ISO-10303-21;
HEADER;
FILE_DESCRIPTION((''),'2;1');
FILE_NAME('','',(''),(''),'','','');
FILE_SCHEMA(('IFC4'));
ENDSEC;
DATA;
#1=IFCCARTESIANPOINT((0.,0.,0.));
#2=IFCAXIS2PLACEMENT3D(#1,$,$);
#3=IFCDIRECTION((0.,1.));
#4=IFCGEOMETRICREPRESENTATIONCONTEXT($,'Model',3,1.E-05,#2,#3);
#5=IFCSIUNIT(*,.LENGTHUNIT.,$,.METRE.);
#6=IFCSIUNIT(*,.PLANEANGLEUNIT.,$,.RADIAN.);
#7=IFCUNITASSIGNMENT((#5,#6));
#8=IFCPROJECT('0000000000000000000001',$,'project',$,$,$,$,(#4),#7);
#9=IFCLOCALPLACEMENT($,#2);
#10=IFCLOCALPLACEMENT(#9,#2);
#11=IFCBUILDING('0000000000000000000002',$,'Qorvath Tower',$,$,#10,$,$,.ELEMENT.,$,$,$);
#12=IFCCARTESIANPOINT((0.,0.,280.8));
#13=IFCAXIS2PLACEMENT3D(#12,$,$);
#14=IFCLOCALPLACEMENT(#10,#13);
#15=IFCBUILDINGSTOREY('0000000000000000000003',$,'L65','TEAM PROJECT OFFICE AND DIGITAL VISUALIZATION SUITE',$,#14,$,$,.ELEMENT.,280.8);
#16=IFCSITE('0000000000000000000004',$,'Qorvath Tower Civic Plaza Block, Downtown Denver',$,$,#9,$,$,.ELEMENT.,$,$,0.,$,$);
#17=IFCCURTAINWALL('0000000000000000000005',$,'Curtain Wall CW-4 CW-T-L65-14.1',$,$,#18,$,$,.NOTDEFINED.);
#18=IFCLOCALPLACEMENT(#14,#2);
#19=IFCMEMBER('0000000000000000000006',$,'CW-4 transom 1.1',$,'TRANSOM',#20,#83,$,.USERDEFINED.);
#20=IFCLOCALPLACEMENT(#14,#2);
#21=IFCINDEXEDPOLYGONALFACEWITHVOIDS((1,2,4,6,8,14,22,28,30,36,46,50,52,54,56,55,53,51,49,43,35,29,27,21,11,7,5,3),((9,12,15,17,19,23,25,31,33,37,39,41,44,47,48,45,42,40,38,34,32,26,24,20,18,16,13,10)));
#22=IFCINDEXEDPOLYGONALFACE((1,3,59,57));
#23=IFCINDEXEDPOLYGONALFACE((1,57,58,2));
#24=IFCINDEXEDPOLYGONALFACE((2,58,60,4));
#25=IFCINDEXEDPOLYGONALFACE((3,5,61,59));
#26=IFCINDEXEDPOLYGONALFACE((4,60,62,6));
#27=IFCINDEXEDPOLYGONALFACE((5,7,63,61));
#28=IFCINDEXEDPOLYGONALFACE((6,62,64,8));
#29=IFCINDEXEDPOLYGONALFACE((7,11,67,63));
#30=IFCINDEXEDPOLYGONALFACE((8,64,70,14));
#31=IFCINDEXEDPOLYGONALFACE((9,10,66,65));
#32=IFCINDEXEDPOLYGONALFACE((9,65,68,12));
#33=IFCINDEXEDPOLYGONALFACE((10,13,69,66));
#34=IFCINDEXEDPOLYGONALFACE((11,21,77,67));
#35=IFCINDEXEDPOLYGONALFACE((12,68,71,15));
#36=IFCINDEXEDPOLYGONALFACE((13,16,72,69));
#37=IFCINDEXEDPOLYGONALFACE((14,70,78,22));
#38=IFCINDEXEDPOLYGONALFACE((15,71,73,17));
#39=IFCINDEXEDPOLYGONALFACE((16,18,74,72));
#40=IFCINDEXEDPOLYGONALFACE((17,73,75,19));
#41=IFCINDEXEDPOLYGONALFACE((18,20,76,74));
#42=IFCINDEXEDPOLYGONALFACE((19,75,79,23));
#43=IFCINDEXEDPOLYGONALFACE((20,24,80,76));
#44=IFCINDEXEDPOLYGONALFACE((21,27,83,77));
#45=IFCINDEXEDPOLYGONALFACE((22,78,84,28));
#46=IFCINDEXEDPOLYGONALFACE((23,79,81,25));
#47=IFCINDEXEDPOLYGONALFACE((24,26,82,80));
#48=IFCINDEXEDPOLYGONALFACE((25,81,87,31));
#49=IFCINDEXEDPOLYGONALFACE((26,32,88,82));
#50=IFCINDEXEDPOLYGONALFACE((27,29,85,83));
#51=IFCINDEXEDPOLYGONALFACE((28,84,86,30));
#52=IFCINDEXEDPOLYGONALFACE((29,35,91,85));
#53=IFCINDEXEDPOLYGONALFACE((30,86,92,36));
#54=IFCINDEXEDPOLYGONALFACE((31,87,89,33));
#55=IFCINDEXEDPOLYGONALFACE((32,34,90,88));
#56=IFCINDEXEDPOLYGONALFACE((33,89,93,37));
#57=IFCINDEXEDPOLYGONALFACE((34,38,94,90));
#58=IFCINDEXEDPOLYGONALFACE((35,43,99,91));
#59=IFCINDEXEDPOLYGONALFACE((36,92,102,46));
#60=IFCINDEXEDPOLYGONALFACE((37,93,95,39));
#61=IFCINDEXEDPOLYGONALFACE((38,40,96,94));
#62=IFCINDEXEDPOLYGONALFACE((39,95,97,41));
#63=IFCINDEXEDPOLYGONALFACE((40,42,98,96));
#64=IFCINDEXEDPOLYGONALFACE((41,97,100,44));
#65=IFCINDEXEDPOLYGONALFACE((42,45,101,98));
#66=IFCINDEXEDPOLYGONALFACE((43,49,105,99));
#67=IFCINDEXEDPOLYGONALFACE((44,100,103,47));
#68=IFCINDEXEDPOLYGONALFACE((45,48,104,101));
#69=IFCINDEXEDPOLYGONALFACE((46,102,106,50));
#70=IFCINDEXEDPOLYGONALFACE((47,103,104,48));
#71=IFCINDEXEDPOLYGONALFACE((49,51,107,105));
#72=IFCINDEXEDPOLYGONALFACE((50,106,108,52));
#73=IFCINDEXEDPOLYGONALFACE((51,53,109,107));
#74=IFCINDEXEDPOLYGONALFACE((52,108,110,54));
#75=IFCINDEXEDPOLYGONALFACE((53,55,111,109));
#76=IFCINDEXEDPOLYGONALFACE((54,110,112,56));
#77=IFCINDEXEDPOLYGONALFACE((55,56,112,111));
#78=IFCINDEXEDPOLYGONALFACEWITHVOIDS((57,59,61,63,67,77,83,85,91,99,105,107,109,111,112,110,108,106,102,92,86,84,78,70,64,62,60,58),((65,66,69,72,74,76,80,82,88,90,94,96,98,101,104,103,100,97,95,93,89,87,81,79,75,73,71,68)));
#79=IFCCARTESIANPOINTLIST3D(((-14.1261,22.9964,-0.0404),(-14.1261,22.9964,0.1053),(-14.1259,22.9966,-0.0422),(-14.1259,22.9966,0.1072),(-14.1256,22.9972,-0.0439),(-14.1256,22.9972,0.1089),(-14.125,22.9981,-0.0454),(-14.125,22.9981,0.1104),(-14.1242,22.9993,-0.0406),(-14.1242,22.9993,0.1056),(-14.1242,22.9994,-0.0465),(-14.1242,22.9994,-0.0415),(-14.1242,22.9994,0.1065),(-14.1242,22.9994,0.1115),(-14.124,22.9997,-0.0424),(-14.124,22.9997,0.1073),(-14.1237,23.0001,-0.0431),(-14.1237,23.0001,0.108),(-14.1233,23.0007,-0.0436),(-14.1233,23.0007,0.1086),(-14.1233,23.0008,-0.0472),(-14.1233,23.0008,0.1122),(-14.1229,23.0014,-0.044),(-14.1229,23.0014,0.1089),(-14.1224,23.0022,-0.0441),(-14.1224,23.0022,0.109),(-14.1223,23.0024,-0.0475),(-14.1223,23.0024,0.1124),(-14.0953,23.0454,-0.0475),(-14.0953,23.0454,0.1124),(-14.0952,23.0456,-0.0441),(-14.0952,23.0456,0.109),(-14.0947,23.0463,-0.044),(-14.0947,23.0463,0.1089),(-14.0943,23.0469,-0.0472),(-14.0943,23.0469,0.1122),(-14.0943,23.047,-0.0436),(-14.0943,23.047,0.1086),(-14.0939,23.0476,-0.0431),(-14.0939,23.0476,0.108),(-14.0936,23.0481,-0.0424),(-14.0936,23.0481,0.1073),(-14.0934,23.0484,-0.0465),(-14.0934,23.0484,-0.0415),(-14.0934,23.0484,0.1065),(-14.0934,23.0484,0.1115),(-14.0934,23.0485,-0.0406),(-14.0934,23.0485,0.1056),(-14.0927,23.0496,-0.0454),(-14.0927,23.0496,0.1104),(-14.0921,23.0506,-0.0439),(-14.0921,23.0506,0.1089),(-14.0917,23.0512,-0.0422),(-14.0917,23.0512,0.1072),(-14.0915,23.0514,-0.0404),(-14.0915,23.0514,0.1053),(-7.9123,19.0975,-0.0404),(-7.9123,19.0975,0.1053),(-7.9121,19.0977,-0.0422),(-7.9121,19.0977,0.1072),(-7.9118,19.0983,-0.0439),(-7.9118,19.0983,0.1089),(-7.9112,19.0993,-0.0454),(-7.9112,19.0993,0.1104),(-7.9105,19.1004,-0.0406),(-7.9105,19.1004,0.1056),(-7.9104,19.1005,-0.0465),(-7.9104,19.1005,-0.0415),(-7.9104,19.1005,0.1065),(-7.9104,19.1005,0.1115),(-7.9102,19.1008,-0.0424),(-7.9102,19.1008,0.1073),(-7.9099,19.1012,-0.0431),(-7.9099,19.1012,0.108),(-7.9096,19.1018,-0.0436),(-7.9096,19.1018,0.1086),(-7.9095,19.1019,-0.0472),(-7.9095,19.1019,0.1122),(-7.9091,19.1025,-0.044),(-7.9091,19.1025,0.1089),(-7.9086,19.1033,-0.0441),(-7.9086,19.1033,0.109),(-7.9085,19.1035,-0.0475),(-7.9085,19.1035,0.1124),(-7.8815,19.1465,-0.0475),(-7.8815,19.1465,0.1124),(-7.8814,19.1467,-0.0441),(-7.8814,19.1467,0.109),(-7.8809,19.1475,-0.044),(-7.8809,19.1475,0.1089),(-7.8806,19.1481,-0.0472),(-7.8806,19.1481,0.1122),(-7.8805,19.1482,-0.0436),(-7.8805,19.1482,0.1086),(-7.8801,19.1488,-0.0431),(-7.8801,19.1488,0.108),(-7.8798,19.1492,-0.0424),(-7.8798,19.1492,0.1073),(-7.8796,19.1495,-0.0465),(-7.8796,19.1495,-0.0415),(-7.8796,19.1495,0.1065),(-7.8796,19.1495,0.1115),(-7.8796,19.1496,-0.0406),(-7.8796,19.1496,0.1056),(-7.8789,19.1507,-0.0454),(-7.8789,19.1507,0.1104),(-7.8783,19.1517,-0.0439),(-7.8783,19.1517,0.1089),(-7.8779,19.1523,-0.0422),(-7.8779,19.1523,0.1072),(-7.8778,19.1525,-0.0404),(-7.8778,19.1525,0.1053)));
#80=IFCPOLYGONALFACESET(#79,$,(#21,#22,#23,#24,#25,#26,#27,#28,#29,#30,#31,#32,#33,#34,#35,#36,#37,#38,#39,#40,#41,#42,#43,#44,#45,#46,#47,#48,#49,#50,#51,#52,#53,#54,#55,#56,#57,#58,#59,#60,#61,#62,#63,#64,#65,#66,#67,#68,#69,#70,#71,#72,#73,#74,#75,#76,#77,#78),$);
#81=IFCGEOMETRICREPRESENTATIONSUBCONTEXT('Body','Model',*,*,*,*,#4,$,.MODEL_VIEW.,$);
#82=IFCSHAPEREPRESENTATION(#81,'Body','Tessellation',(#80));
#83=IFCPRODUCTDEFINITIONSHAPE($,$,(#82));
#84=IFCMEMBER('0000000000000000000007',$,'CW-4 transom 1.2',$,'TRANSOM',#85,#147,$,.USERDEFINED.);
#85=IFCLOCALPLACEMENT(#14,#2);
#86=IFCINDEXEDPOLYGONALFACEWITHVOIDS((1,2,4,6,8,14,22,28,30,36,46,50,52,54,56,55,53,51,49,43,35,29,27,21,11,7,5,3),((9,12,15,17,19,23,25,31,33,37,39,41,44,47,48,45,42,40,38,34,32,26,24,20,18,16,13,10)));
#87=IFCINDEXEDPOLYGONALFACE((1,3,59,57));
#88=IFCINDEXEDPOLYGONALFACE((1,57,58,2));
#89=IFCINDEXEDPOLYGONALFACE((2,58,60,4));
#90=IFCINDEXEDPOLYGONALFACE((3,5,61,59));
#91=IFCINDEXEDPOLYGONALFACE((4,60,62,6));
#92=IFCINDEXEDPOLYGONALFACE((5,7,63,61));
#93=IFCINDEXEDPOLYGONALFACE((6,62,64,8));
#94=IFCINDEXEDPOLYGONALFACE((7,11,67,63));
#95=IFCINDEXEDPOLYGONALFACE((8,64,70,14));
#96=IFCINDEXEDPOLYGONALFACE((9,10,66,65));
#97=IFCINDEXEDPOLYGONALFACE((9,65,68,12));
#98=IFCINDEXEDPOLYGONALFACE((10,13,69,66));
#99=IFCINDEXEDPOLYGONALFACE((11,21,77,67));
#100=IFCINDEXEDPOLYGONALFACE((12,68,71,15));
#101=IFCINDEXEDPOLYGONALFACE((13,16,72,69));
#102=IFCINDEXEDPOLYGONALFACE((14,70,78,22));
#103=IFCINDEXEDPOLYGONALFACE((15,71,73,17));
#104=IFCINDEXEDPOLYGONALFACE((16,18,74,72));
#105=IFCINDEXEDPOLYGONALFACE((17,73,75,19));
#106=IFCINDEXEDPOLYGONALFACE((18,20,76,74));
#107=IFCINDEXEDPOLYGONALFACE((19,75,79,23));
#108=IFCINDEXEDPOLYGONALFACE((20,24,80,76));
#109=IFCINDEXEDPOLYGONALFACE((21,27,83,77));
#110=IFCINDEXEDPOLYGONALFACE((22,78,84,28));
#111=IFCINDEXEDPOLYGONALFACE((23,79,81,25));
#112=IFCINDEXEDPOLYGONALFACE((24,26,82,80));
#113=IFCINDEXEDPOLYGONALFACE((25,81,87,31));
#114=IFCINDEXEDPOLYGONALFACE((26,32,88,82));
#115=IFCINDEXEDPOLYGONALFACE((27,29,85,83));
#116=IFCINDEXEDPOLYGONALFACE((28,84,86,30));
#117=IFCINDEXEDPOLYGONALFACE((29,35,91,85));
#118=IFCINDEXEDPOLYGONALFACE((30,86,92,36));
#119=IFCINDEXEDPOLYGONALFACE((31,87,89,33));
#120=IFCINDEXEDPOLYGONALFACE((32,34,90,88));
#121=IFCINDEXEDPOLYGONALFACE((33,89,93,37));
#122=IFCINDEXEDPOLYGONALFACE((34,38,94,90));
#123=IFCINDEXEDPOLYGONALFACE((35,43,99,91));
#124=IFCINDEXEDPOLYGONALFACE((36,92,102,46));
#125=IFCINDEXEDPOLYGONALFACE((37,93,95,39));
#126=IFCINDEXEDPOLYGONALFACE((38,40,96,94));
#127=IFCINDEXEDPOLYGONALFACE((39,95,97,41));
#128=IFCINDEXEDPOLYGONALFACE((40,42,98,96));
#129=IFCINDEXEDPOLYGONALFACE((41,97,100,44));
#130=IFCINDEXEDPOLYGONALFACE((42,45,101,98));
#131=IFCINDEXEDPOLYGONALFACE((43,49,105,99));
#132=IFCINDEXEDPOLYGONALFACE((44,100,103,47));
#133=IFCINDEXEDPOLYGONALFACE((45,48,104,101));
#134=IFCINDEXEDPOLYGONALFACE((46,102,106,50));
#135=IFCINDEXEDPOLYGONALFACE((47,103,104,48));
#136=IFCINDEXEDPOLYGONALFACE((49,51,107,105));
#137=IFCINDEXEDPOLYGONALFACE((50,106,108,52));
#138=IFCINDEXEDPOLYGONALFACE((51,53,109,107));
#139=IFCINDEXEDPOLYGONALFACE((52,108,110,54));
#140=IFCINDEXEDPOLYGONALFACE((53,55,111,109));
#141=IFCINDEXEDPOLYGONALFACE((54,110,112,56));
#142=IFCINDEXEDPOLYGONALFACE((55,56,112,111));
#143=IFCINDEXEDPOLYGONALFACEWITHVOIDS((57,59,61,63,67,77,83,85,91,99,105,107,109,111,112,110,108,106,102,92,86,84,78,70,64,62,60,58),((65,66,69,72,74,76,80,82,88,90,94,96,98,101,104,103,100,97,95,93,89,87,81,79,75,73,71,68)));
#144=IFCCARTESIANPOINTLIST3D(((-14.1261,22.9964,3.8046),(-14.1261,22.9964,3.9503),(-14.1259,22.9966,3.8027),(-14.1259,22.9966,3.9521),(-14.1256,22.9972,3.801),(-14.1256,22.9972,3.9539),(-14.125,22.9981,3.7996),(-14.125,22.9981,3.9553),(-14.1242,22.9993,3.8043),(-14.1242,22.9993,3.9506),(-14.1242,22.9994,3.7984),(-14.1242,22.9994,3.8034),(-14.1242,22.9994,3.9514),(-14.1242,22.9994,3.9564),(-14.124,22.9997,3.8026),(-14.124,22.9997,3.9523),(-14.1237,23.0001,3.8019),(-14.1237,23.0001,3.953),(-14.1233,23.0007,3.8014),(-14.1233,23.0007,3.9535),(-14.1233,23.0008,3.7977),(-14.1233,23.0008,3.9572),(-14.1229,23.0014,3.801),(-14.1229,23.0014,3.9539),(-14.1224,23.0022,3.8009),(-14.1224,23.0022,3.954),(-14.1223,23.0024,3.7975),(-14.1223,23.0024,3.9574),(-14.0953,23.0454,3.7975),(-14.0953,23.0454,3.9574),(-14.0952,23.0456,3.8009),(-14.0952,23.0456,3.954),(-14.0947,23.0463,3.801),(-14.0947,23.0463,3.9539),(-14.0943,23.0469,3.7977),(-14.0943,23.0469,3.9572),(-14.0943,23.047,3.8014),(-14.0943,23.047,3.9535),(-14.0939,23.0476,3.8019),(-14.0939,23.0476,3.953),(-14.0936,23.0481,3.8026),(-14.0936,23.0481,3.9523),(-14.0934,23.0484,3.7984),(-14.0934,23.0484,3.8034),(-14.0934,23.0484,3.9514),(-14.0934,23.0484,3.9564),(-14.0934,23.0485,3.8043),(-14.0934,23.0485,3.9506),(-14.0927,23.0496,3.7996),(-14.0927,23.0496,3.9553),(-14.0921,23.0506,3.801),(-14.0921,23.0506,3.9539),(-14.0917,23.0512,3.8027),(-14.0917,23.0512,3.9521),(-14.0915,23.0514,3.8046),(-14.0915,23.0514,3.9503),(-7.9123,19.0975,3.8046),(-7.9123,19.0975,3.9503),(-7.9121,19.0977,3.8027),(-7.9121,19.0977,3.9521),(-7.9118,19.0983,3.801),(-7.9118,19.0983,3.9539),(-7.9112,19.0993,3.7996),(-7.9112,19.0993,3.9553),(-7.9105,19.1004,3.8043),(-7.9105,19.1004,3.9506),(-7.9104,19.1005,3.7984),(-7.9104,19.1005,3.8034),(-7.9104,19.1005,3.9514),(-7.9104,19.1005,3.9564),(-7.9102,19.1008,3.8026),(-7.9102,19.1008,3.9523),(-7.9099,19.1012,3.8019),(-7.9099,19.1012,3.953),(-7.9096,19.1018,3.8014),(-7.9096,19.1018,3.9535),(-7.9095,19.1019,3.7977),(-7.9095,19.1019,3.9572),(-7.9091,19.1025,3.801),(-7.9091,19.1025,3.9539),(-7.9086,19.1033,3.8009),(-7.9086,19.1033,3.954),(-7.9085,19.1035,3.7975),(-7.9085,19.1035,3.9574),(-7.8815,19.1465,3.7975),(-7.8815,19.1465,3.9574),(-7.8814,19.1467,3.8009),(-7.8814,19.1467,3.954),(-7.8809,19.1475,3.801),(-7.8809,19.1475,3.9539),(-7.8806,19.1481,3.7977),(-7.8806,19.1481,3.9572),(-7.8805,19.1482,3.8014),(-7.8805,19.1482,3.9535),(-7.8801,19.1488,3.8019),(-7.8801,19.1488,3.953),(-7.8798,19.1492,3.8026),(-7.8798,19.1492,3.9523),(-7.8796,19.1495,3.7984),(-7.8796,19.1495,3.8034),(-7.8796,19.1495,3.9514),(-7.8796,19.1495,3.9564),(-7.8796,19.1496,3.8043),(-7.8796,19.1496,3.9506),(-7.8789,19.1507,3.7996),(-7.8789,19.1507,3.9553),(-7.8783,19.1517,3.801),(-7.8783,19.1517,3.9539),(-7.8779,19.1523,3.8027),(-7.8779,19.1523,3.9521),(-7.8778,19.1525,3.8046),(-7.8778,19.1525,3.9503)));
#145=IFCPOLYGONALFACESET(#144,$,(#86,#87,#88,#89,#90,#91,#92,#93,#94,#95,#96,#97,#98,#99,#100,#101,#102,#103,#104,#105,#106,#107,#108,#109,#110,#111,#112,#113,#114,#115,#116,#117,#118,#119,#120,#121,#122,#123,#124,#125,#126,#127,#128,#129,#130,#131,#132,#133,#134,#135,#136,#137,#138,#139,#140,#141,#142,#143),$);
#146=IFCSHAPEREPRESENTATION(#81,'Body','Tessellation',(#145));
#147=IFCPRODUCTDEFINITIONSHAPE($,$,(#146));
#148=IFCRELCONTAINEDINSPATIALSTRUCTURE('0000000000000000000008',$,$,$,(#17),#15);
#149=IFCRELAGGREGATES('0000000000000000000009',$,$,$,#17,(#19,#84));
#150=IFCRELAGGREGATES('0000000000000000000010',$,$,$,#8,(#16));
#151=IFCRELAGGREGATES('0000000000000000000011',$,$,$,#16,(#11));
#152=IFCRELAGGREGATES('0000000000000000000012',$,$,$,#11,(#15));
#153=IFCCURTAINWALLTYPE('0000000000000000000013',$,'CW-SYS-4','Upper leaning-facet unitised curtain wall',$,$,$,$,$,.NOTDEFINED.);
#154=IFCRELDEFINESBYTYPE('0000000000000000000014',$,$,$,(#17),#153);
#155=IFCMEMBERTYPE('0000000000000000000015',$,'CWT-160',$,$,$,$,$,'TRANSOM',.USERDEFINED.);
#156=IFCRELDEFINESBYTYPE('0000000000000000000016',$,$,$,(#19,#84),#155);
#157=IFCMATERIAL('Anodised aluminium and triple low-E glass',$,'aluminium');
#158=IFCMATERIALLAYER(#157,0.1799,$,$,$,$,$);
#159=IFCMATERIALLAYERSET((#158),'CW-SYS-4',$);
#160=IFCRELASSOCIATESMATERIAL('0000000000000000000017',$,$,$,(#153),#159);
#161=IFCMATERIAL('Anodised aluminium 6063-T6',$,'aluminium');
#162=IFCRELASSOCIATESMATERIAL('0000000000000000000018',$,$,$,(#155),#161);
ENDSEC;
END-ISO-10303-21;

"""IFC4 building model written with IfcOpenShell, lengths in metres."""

from ifc_helpers import new_model, si_unit, direction, frame, origin, origin_2d, place, context, subcontext, project, spatial, hollow_rectangle, extrude, material, layer, layer_set, material_profile, profile_set, type_object, element, aggregate, save


model = new_model("IFC4")

# Units and contexts
model_context = context("Model", 3, precision=1e-05, world=origin(), true_north=direction((0.0, 1.0)))
body_context = subcontext(model_context, "Body", "Model", "MODEL_VIEW")
ifc_project = project(units=[si_unit("LENGTHUNIT", "METRE"), si_unit("PLANEANGLEUNIT", "RADIAN")], contexts=[model_context])

# Site, building, storey
site_placement = place(None, origin())
site = spatial("IfcSite", under=ifc_project, at=site_placement, Name="Qorvath Tower Civic Plaza Block, Downtown Denver", CompositionType="ELEMENT", RefElevation=0.0)
building_placement = place(site_placement, origin())
building = spatial("IfcBuilding", under=site, at=building_placement, Name="Qorvath Tower", CompositionType="ELEMENT")
storey_placement = place(building_placement, frame((0.0, 0.0, 280.8)))
storey = spatial("IfcBuildingStorey", under=building, at=storey_placement, Name="L65", Description="TEAM PROJECT OFFICE AND DIGITAL VISUALIZATION SUITE", CompositionType="ELEMENT", Elevation=280.8)

# Shared definitions
ifc_material_1 = material(Name="Anodised aluminium and triple low-E glass", Category="aluminium")
ifc_layer_1 = layer(ifc_material_1, 0.1799)
ifc_layer_set_1 = layer_set([ifc_layer_1], Name="CW-SYS-4")
curtain_wall_type = type_object("IfcCurtainWallType", Name="CW-SYS-4", Description="Upper leaning-facet unitised curtain wall", PredefinedType="NOTDEFINED", material=ifc_layer_set_1)

# Curtain wall
curtain_wall_1_placement = place(storey_placement, origin())
curtain_wall_1 = element("IfcCurtainWall", 1, at=curtain_wall_1_placement, inside=storey, type_object=curtain_wall_type, Name="Curtain Wall CW-4 CW-T-L65-14.1", PredefinedType="NOTDEFINED")

# Members
ifc_material_2 = material(Name="Anodised aluminium 6063-T6", Category="aluminium")
ifc_material_profile_1 = material_profile(ifc_material_2, hollow_rectangle(XDim=0.0649, YDim=0.1599, WallThickness=0.0034, InnerFilletRadius=0.0034, OuterFilletRadius=0.0071, at=origin_2d()), Name="CWT 160x65")
ifc_profile_set_1 = profile_set([ifc_material_profile_1], Name="Anodised aluminium 6063-T6")
member_type_1 = type_object("IfcMemberType", Name="CWT-160", ElementType="TRANSOM", PredefinedType="USERDEFINED", material=ifc_profile_set_1)
member_1_placement = place(storey_placement, frame((-7.895, 19.125, 0.0325), z_axis=(-0.847062, 0.531494, 0.0), x_axis=(-0.531494, -0.847062, 0.0)))
member_1 = element("IfcMember", 2, at=member_1_placement, type_object=member_type_1, Name="CW-4 transom 1.1", ObjectType="TRANSOM", PredefinedType="USERDEFINED", context=body_context, shape_type="SweptSolid", body=[
    extrude(hollow_rectangle(XDim=0.0649, YDim=0.1599, WallThickness=0.0034, InnerFilletRadius=0.0034, OuterFilletRadius=0.0071, at=origin_2d()), origin(), (0.0, 0.0, 1.0), 7.3357),
])
member_2_placement = place(storey_placement, frame((-7.895, 19.125, 3.8774), z_axis=(-0.847062, 0.531494, 0.0), x_axis=(-0.531494, -0.847062, 0.0)))
member_2 = element("IfcMember", 3, at=member_2_placement, type_object=member_type_1, Name="CW-4 transom 1.2", ObjectType="TRANSOM", PredefinedType="USERDEFINED", context=body_context, shape_type="SweptSolid", body=[
    extrude(hollow_rectangle(XDim=0.0649, YDim=0.1599, WallThickness=0.0034, InnerFilletRadius=0.0034, OuterFilletRadius=0.0071, at=origin_2d()), origin(), (0.0, 0.0, 1.0), 7.3357),
])

aggregate(curtain_wall_1, [member_1, member_2])

save(model, "model.ifc")
